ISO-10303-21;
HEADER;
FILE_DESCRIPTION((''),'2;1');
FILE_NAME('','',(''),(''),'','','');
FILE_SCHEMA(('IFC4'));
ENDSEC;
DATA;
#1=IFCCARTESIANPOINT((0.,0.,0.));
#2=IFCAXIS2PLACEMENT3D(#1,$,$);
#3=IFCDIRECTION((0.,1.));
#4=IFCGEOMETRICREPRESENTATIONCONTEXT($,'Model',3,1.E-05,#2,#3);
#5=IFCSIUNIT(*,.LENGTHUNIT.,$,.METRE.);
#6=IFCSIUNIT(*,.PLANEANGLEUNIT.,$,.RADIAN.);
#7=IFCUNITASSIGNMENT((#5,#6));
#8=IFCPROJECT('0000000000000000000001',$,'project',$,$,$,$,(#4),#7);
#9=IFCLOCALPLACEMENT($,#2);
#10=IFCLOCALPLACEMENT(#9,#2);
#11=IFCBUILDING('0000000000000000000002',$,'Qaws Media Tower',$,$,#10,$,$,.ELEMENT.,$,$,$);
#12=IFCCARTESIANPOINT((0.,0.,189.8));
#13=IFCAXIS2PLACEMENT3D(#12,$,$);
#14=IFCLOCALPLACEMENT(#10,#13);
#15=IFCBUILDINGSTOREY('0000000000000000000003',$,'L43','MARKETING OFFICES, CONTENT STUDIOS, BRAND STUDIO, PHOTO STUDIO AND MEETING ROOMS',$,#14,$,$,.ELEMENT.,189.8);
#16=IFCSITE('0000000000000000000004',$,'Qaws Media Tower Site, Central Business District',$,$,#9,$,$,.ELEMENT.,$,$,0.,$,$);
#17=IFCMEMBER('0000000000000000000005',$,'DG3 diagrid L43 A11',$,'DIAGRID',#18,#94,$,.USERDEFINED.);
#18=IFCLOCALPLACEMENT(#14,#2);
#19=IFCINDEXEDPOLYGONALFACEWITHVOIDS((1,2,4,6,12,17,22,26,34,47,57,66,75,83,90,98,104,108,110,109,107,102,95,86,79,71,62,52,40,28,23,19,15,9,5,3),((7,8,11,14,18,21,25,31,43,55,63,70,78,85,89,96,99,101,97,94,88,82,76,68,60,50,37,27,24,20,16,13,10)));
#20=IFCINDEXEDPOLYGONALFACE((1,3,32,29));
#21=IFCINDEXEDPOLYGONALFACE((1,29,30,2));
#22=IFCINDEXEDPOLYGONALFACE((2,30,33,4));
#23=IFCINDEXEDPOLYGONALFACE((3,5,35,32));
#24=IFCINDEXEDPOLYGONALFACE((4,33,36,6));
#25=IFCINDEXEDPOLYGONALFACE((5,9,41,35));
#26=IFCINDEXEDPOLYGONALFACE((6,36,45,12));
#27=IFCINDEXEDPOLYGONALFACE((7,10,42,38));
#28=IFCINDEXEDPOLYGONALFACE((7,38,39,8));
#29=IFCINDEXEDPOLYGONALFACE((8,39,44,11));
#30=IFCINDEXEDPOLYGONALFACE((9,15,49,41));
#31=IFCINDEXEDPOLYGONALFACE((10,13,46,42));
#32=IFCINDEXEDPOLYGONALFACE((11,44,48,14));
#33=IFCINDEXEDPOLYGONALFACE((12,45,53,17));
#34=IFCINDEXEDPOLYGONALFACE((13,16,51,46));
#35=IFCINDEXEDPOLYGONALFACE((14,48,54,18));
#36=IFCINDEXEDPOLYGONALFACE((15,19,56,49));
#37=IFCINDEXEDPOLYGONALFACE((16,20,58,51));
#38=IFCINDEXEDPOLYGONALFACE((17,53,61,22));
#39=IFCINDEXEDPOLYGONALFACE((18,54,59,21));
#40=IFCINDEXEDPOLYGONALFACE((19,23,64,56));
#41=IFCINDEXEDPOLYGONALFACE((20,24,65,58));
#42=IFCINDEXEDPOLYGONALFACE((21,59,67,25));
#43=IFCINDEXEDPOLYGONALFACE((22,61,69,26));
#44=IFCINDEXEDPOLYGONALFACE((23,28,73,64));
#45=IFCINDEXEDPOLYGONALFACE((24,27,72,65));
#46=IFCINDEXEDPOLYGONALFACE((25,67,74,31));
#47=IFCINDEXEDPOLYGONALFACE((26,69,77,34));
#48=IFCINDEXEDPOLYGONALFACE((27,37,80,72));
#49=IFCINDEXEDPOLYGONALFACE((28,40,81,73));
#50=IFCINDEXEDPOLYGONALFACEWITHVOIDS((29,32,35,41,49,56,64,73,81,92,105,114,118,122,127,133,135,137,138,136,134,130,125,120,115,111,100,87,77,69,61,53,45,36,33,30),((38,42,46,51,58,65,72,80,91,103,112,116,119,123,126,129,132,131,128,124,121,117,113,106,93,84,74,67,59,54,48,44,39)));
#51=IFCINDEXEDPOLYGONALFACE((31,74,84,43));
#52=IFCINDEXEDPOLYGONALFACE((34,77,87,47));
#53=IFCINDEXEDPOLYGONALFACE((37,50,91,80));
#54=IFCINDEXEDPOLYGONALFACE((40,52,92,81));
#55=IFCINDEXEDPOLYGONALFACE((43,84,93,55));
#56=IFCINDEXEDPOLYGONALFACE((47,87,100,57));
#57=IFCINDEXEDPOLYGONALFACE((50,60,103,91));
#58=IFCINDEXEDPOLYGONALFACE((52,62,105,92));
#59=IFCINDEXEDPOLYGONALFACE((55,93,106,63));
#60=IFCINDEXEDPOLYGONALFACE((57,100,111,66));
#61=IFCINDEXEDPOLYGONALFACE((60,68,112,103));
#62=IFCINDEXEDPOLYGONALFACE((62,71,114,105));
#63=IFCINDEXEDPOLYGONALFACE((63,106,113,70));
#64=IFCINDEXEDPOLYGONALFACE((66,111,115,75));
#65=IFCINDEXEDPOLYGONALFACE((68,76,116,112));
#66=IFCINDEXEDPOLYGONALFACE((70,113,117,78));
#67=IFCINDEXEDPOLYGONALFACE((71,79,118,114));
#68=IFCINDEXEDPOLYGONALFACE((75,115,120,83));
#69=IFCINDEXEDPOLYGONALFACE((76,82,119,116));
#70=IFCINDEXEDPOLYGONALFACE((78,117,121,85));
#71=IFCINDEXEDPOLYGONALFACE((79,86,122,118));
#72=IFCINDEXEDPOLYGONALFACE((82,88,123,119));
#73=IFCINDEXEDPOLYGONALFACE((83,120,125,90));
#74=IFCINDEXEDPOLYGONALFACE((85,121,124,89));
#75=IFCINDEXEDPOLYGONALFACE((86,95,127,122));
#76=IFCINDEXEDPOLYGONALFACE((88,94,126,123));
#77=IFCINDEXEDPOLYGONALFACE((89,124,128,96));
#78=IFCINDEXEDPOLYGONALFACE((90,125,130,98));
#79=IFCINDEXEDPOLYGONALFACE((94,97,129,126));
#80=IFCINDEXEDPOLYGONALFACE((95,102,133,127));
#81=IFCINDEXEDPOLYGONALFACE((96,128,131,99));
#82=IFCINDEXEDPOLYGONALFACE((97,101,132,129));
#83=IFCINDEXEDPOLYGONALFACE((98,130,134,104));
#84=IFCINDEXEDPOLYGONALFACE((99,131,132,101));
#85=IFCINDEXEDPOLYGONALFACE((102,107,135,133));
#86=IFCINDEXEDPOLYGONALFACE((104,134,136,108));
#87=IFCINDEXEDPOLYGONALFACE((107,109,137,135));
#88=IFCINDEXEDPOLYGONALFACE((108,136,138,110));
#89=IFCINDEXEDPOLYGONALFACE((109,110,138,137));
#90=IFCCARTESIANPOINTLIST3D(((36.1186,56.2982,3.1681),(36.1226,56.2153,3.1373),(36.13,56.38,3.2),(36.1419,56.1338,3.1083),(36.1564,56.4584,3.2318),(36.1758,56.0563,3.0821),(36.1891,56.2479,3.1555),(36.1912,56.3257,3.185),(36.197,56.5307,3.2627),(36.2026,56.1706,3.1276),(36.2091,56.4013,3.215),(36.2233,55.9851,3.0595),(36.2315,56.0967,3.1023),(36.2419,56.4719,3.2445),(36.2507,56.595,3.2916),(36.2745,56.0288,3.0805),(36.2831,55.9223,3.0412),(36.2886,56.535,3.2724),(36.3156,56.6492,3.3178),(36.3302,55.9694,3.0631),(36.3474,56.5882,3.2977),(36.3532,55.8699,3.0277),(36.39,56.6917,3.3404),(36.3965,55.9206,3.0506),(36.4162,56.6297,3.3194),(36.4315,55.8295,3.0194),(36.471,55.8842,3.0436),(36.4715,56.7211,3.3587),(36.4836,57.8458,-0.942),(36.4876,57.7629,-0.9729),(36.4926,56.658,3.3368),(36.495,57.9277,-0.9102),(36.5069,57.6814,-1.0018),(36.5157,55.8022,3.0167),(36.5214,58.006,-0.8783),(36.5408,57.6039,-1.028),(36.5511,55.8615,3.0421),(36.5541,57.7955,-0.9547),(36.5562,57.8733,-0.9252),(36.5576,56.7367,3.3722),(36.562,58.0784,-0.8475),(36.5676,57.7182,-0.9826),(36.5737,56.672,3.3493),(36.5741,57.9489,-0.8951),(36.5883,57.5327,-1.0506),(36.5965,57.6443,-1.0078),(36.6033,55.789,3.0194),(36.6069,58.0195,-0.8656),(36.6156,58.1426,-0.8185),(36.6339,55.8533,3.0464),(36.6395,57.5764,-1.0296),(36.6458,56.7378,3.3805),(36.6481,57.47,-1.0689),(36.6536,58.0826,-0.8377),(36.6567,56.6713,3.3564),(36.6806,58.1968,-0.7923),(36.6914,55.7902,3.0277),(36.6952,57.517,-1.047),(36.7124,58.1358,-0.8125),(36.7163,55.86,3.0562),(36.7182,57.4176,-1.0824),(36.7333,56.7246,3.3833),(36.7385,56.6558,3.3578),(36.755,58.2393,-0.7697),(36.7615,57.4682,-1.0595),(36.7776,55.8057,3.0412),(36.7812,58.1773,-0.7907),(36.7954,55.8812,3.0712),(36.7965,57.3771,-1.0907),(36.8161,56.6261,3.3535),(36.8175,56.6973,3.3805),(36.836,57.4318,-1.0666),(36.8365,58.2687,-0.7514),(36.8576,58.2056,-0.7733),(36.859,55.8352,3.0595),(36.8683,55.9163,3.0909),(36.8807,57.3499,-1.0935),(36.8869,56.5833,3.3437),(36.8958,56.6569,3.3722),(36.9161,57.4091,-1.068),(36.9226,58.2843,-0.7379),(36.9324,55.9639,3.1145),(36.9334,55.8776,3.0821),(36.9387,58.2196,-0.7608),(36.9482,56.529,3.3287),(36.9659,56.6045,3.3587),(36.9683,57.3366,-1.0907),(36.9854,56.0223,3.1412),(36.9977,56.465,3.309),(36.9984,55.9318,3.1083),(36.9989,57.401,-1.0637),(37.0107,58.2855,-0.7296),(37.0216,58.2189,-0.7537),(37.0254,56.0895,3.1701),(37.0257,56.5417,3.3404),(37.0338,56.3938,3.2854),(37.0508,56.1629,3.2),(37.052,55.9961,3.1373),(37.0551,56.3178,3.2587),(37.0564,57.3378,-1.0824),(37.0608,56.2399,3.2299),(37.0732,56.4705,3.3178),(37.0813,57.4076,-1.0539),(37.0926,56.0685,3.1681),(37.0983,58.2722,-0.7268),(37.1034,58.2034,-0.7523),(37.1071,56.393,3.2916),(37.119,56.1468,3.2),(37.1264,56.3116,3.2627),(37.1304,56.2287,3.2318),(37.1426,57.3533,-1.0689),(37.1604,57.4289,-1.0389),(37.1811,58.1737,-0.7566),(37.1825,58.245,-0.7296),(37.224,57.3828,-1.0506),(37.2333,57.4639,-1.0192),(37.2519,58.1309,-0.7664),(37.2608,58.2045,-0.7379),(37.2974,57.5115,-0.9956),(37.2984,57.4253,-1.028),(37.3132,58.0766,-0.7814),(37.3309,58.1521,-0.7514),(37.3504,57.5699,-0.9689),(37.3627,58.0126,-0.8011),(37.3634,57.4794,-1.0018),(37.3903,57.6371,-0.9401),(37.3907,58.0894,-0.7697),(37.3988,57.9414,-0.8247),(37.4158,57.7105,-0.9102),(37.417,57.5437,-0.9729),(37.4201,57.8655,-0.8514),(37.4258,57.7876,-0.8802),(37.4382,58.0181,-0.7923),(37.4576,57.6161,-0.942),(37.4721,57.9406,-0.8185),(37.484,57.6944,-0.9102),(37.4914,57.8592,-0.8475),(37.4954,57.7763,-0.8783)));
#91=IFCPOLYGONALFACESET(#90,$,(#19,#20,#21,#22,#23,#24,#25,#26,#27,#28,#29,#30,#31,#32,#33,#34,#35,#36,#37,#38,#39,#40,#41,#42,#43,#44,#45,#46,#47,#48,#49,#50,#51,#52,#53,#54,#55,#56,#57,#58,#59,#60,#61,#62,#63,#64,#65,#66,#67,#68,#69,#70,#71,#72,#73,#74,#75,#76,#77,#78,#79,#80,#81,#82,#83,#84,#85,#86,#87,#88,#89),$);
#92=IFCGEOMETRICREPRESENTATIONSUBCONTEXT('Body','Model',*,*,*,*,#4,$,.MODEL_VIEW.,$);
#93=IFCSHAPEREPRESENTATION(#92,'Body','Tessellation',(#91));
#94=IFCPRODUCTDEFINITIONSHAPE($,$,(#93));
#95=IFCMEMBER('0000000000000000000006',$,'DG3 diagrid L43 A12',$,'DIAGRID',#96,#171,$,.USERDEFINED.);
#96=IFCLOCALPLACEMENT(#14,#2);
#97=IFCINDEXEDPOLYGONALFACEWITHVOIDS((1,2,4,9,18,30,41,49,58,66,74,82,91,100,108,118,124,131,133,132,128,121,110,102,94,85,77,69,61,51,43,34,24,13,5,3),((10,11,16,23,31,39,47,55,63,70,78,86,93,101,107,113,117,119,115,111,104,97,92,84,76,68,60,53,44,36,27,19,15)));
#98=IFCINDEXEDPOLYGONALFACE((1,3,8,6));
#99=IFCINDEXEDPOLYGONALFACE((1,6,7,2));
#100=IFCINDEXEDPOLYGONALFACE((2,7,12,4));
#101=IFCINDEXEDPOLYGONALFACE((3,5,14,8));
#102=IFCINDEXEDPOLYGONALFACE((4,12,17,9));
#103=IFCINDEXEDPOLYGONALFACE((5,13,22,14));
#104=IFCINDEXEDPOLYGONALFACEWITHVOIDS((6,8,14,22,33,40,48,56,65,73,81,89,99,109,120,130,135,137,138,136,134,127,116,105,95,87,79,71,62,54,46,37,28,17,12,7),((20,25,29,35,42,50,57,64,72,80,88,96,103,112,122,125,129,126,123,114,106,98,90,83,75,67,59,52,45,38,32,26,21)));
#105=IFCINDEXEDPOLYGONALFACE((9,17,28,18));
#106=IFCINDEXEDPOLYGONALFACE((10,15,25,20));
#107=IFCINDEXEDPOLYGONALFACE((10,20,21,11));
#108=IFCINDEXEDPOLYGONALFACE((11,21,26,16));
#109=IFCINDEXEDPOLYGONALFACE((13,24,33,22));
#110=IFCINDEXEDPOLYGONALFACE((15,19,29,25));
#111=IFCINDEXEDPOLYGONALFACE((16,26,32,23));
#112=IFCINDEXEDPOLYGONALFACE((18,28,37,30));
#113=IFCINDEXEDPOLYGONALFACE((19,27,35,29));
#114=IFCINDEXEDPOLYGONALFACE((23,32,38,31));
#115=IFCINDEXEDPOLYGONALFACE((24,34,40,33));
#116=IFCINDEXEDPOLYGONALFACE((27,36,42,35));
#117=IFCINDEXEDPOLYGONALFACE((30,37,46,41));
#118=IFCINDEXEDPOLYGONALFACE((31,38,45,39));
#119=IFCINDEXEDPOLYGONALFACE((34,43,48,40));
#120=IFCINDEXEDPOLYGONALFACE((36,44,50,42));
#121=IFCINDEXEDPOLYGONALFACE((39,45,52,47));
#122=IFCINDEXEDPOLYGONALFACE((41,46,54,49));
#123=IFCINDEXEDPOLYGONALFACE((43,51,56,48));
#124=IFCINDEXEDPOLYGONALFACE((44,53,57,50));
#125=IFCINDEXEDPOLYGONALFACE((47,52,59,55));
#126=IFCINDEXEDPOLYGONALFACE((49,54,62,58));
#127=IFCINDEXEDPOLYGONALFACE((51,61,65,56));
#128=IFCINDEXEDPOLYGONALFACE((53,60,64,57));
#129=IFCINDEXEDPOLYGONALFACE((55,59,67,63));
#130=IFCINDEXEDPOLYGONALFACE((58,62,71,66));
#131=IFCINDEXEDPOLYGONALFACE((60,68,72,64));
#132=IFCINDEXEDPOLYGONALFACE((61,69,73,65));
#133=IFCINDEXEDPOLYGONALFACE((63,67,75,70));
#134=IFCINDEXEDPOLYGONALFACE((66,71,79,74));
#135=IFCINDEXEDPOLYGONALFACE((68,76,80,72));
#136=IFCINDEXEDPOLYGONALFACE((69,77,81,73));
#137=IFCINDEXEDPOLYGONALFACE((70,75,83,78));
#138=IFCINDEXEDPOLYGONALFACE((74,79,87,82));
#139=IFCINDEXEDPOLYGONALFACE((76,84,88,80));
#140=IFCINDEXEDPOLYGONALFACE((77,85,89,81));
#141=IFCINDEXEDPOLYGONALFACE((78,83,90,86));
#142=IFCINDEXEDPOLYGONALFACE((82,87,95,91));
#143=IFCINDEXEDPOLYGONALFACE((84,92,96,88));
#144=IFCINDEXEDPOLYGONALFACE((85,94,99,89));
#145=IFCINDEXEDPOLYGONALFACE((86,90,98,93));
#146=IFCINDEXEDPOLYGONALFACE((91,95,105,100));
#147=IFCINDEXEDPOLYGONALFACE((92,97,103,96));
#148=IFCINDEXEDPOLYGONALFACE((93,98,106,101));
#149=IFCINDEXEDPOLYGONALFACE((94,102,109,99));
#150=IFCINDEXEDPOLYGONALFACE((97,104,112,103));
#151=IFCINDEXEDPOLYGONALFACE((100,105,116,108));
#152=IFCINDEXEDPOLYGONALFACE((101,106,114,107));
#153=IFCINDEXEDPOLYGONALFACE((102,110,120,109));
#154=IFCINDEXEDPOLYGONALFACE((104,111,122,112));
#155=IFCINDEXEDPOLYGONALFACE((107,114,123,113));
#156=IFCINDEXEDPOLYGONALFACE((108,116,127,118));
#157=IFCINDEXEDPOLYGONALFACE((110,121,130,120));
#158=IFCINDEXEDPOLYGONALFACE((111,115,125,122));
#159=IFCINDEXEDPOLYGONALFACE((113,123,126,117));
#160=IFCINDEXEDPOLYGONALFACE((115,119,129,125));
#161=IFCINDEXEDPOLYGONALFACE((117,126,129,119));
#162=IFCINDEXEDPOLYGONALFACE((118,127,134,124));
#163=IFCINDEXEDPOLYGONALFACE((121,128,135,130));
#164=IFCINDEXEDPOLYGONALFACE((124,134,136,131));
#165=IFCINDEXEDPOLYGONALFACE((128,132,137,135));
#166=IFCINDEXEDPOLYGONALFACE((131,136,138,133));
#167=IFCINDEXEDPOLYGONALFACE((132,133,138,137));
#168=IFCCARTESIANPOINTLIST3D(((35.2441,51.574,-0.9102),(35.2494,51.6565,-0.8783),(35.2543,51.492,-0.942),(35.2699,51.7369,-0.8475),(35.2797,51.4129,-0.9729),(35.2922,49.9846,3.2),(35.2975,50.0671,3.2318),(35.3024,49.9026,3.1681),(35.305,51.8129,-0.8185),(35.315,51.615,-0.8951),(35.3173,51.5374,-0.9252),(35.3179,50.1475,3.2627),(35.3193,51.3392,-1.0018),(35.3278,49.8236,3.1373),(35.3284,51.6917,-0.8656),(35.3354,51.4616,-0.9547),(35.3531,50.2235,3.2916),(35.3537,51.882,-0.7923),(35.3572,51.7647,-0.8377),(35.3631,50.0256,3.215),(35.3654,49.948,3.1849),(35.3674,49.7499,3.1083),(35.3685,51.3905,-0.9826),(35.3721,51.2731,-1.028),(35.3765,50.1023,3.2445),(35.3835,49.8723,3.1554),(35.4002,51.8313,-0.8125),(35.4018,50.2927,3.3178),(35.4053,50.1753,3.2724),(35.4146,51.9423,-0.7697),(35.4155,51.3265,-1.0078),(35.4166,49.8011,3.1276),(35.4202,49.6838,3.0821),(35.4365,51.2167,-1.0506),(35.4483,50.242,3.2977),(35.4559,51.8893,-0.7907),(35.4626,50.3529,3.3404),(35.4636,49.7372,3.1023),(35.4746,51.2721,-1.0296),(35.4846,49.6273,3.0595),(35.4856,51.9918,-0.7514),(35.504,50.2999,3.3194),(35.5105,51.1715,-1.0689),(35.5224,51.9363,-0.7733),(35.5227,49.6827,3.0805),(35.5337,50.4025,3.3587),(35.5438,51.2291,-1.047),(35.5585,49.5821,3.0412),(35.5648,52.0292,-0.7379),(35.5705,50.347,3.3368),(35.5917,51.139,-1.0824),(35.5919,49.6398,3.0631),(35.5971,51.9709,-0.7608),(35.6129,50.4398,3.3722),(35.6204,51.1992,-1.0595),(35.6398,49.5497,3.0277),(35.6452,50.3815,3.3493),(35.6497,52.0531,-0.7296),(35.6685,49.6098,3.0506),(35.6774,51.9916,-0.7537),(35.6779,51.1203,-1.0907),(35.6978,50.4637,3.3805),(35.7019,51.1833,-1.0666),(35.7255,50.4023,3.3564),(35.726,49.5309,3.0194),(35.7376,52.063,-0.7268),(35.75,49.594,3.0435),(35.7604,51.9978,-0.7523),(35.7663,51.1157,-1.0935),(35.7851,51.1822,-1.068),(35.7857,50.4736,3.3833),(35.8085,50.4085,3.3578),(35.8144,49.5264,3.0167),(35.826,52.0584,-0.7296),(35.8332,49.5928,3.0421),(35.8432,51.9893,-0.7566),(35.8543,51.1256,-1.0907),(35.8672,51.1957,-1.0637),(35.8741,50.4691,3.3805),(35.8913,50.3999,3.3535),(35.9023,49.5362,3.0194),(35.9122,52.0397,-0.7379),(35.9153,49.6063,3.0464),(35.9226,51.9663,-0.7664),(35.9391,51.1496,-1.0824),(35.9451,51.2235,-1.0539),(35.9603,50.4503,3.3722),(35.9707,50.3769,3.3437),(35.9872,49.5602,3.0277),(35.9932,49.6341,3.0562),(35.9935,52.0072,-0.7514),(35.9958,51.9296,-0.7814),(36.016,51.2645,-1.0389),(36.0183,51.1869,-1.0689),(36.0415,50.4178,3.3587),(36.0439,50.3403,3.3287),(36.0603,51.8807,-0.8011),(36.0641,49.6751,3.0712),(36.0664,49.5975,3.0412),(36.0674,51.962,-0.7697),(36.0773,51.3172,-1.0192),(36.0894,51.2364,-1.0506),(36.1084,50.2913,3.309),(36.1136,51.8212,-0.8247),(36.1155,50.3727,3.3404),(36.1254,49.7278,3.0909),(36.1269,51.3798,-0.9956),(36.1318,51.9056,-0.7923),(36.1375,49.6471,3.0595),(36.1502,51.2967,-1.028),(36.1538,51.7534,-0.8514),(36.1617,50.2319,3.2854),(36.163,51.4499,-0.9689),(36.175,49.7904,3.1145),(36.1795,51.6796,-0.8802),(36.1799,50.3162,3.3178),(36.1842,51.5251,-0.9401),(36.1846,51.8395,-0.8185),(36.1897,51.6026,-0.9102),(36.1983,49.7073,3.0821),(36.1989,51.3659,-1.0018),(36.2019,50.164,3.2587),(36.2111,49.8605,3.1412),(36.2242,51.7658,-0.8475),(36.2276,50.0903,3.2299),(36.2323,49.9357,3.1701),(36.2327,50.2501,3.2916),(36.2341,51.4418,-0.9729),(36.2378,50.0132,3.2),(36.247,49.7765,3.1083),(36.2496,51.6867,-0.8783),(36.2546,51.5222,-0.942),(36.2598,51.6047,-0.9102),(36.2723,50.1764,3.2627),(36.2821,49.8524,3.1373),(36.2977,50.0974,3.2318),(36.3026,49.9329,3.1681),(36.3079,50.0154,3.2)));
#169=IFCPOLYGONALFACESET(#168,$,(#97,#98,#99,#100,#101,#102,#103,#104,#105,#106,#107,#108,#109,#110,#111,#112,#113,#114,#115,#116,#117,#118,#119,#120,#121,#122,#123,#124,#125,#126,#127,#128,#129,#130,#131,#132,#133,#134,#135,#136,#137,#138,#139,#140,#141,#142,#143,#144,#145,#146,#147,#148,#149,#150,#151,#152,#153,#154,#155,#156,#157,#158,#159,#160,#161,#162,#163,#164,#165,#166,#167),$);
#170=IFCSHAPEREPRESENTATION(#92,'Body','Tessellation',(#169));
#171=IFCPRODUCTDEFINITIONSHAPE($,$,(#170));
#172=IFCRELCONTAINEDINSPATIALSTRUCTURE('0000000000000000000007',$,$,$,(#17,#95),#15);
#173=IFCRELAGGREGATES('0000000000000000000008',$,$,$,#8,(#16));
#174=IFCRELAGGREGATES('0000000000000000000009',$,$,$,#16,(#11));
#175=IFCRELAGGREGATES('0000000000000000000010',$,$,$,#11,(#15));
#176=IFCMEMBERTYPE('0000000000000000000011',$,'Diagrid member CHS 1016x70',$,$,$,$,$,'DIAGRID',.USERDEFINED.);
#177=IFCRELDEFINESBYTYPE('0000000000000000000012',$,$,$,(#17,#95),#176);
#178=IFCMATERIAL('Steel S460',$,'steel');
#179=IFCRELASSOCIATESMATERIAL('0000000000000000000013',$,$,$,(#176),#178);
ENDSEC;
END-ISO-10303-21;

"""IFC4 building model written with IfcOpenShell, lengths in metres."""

from ifc_helpers import new_model, si_unit, direction, frame, origin, origin_2d, place, context, subcontext, project, spatial, hollow_circle, extrude, material, material_profile, profile_set, type_object, element, save


model = new_model("IFC4")

# Units and contexts
model_context = context("Model", 3, precision=1e-05, world=origin(), true_north=direction((0.0, 1.0)))
body_context = subcontext(model_context, "Body", "Model", "MODEL_VIEW")
ifc_project = project(units=[si_unit("LENGTHUNIT", "METRE"), si_unit("PLANEANGLEUNIT", "RADIAN")], contexts=[model_context])

# Site, building, storey
site_placement = place(None, origin())
site = spatial("IfcSite", under=ifc_project, at=site_placement, Name="Qaws Media Tower Site, Central Business District", CompositionType="ELEMENT", RefElevation=0.0)
building_placement = place(site_placement, origin())
building = spatial("IfcBuilding", under=site, at=building_placement, Name="Qaws Media Tower", CompositionType="ELEMENT")
storey_placement = place(building_placement, frame((0.0, 0.0, 189.8)))
storey = spatial("IfcBuildingStorey", under=building, at=storey_placement, Name="L43", Description="MARKETING OFFICES, CONTENT STUDIOS, BRAND STUDIO, PHOTO STUDIO AND MEETING ROOMS", CompositionType="ELEMENT", Elevation=189.8)

# Members
ifc_material_1 = material(Name="Steel S460", Category="steel")
ifc_material_profile_1 = material_profile(ifc_material_1, hollow_circle(Radius=0.5081, WallThickness=0.0701, at=origin_2d()), Name="CHS 1016x70")
ifc_profile_set_1 = profile_set([ifc_material_profile_1], Name="Steel S460")
member_type_1 = type_object("IfcMemberType", Name="Diagrid member CHS 1016x70", ElementType="DIAGRID", PredefinedType="USERDEFINED", material=ifc_profile_set_1)
for number, where, z_axis, x_axis, name in (
    (1, (36.9895, 57.811, -0.9102), (-0.082821, -0.351174, 0.93264), (0.973298, -0.229544, 0.0), "DG3 diagrid L43 A11"),
    (2, (35.752, 51.5894, -0.9102), (0.010914, -0.360646, 0.932639), (0.999542, 0.030247, 0.0), "DG3 diagrid L43 A12"),
):
    element("IfcMember", number, at=place(storey_placement, frame(where, z_axis=z_axis, x_axis=x_axis)), inside=storey, type_object=member_type_1, Name=name, ObjectType="DIAGRID", PredefinedType="USERDEFINED", context=body_context, shape_type="SweptSolid", body=[
        extrude(hollow_circle(Radius=0.5081, WallThickness=0.0701, at=origin_2d()), origin(), (0.0, 0.0, 1.0), 4.407),
    ])

save(model, "model.ifc")
